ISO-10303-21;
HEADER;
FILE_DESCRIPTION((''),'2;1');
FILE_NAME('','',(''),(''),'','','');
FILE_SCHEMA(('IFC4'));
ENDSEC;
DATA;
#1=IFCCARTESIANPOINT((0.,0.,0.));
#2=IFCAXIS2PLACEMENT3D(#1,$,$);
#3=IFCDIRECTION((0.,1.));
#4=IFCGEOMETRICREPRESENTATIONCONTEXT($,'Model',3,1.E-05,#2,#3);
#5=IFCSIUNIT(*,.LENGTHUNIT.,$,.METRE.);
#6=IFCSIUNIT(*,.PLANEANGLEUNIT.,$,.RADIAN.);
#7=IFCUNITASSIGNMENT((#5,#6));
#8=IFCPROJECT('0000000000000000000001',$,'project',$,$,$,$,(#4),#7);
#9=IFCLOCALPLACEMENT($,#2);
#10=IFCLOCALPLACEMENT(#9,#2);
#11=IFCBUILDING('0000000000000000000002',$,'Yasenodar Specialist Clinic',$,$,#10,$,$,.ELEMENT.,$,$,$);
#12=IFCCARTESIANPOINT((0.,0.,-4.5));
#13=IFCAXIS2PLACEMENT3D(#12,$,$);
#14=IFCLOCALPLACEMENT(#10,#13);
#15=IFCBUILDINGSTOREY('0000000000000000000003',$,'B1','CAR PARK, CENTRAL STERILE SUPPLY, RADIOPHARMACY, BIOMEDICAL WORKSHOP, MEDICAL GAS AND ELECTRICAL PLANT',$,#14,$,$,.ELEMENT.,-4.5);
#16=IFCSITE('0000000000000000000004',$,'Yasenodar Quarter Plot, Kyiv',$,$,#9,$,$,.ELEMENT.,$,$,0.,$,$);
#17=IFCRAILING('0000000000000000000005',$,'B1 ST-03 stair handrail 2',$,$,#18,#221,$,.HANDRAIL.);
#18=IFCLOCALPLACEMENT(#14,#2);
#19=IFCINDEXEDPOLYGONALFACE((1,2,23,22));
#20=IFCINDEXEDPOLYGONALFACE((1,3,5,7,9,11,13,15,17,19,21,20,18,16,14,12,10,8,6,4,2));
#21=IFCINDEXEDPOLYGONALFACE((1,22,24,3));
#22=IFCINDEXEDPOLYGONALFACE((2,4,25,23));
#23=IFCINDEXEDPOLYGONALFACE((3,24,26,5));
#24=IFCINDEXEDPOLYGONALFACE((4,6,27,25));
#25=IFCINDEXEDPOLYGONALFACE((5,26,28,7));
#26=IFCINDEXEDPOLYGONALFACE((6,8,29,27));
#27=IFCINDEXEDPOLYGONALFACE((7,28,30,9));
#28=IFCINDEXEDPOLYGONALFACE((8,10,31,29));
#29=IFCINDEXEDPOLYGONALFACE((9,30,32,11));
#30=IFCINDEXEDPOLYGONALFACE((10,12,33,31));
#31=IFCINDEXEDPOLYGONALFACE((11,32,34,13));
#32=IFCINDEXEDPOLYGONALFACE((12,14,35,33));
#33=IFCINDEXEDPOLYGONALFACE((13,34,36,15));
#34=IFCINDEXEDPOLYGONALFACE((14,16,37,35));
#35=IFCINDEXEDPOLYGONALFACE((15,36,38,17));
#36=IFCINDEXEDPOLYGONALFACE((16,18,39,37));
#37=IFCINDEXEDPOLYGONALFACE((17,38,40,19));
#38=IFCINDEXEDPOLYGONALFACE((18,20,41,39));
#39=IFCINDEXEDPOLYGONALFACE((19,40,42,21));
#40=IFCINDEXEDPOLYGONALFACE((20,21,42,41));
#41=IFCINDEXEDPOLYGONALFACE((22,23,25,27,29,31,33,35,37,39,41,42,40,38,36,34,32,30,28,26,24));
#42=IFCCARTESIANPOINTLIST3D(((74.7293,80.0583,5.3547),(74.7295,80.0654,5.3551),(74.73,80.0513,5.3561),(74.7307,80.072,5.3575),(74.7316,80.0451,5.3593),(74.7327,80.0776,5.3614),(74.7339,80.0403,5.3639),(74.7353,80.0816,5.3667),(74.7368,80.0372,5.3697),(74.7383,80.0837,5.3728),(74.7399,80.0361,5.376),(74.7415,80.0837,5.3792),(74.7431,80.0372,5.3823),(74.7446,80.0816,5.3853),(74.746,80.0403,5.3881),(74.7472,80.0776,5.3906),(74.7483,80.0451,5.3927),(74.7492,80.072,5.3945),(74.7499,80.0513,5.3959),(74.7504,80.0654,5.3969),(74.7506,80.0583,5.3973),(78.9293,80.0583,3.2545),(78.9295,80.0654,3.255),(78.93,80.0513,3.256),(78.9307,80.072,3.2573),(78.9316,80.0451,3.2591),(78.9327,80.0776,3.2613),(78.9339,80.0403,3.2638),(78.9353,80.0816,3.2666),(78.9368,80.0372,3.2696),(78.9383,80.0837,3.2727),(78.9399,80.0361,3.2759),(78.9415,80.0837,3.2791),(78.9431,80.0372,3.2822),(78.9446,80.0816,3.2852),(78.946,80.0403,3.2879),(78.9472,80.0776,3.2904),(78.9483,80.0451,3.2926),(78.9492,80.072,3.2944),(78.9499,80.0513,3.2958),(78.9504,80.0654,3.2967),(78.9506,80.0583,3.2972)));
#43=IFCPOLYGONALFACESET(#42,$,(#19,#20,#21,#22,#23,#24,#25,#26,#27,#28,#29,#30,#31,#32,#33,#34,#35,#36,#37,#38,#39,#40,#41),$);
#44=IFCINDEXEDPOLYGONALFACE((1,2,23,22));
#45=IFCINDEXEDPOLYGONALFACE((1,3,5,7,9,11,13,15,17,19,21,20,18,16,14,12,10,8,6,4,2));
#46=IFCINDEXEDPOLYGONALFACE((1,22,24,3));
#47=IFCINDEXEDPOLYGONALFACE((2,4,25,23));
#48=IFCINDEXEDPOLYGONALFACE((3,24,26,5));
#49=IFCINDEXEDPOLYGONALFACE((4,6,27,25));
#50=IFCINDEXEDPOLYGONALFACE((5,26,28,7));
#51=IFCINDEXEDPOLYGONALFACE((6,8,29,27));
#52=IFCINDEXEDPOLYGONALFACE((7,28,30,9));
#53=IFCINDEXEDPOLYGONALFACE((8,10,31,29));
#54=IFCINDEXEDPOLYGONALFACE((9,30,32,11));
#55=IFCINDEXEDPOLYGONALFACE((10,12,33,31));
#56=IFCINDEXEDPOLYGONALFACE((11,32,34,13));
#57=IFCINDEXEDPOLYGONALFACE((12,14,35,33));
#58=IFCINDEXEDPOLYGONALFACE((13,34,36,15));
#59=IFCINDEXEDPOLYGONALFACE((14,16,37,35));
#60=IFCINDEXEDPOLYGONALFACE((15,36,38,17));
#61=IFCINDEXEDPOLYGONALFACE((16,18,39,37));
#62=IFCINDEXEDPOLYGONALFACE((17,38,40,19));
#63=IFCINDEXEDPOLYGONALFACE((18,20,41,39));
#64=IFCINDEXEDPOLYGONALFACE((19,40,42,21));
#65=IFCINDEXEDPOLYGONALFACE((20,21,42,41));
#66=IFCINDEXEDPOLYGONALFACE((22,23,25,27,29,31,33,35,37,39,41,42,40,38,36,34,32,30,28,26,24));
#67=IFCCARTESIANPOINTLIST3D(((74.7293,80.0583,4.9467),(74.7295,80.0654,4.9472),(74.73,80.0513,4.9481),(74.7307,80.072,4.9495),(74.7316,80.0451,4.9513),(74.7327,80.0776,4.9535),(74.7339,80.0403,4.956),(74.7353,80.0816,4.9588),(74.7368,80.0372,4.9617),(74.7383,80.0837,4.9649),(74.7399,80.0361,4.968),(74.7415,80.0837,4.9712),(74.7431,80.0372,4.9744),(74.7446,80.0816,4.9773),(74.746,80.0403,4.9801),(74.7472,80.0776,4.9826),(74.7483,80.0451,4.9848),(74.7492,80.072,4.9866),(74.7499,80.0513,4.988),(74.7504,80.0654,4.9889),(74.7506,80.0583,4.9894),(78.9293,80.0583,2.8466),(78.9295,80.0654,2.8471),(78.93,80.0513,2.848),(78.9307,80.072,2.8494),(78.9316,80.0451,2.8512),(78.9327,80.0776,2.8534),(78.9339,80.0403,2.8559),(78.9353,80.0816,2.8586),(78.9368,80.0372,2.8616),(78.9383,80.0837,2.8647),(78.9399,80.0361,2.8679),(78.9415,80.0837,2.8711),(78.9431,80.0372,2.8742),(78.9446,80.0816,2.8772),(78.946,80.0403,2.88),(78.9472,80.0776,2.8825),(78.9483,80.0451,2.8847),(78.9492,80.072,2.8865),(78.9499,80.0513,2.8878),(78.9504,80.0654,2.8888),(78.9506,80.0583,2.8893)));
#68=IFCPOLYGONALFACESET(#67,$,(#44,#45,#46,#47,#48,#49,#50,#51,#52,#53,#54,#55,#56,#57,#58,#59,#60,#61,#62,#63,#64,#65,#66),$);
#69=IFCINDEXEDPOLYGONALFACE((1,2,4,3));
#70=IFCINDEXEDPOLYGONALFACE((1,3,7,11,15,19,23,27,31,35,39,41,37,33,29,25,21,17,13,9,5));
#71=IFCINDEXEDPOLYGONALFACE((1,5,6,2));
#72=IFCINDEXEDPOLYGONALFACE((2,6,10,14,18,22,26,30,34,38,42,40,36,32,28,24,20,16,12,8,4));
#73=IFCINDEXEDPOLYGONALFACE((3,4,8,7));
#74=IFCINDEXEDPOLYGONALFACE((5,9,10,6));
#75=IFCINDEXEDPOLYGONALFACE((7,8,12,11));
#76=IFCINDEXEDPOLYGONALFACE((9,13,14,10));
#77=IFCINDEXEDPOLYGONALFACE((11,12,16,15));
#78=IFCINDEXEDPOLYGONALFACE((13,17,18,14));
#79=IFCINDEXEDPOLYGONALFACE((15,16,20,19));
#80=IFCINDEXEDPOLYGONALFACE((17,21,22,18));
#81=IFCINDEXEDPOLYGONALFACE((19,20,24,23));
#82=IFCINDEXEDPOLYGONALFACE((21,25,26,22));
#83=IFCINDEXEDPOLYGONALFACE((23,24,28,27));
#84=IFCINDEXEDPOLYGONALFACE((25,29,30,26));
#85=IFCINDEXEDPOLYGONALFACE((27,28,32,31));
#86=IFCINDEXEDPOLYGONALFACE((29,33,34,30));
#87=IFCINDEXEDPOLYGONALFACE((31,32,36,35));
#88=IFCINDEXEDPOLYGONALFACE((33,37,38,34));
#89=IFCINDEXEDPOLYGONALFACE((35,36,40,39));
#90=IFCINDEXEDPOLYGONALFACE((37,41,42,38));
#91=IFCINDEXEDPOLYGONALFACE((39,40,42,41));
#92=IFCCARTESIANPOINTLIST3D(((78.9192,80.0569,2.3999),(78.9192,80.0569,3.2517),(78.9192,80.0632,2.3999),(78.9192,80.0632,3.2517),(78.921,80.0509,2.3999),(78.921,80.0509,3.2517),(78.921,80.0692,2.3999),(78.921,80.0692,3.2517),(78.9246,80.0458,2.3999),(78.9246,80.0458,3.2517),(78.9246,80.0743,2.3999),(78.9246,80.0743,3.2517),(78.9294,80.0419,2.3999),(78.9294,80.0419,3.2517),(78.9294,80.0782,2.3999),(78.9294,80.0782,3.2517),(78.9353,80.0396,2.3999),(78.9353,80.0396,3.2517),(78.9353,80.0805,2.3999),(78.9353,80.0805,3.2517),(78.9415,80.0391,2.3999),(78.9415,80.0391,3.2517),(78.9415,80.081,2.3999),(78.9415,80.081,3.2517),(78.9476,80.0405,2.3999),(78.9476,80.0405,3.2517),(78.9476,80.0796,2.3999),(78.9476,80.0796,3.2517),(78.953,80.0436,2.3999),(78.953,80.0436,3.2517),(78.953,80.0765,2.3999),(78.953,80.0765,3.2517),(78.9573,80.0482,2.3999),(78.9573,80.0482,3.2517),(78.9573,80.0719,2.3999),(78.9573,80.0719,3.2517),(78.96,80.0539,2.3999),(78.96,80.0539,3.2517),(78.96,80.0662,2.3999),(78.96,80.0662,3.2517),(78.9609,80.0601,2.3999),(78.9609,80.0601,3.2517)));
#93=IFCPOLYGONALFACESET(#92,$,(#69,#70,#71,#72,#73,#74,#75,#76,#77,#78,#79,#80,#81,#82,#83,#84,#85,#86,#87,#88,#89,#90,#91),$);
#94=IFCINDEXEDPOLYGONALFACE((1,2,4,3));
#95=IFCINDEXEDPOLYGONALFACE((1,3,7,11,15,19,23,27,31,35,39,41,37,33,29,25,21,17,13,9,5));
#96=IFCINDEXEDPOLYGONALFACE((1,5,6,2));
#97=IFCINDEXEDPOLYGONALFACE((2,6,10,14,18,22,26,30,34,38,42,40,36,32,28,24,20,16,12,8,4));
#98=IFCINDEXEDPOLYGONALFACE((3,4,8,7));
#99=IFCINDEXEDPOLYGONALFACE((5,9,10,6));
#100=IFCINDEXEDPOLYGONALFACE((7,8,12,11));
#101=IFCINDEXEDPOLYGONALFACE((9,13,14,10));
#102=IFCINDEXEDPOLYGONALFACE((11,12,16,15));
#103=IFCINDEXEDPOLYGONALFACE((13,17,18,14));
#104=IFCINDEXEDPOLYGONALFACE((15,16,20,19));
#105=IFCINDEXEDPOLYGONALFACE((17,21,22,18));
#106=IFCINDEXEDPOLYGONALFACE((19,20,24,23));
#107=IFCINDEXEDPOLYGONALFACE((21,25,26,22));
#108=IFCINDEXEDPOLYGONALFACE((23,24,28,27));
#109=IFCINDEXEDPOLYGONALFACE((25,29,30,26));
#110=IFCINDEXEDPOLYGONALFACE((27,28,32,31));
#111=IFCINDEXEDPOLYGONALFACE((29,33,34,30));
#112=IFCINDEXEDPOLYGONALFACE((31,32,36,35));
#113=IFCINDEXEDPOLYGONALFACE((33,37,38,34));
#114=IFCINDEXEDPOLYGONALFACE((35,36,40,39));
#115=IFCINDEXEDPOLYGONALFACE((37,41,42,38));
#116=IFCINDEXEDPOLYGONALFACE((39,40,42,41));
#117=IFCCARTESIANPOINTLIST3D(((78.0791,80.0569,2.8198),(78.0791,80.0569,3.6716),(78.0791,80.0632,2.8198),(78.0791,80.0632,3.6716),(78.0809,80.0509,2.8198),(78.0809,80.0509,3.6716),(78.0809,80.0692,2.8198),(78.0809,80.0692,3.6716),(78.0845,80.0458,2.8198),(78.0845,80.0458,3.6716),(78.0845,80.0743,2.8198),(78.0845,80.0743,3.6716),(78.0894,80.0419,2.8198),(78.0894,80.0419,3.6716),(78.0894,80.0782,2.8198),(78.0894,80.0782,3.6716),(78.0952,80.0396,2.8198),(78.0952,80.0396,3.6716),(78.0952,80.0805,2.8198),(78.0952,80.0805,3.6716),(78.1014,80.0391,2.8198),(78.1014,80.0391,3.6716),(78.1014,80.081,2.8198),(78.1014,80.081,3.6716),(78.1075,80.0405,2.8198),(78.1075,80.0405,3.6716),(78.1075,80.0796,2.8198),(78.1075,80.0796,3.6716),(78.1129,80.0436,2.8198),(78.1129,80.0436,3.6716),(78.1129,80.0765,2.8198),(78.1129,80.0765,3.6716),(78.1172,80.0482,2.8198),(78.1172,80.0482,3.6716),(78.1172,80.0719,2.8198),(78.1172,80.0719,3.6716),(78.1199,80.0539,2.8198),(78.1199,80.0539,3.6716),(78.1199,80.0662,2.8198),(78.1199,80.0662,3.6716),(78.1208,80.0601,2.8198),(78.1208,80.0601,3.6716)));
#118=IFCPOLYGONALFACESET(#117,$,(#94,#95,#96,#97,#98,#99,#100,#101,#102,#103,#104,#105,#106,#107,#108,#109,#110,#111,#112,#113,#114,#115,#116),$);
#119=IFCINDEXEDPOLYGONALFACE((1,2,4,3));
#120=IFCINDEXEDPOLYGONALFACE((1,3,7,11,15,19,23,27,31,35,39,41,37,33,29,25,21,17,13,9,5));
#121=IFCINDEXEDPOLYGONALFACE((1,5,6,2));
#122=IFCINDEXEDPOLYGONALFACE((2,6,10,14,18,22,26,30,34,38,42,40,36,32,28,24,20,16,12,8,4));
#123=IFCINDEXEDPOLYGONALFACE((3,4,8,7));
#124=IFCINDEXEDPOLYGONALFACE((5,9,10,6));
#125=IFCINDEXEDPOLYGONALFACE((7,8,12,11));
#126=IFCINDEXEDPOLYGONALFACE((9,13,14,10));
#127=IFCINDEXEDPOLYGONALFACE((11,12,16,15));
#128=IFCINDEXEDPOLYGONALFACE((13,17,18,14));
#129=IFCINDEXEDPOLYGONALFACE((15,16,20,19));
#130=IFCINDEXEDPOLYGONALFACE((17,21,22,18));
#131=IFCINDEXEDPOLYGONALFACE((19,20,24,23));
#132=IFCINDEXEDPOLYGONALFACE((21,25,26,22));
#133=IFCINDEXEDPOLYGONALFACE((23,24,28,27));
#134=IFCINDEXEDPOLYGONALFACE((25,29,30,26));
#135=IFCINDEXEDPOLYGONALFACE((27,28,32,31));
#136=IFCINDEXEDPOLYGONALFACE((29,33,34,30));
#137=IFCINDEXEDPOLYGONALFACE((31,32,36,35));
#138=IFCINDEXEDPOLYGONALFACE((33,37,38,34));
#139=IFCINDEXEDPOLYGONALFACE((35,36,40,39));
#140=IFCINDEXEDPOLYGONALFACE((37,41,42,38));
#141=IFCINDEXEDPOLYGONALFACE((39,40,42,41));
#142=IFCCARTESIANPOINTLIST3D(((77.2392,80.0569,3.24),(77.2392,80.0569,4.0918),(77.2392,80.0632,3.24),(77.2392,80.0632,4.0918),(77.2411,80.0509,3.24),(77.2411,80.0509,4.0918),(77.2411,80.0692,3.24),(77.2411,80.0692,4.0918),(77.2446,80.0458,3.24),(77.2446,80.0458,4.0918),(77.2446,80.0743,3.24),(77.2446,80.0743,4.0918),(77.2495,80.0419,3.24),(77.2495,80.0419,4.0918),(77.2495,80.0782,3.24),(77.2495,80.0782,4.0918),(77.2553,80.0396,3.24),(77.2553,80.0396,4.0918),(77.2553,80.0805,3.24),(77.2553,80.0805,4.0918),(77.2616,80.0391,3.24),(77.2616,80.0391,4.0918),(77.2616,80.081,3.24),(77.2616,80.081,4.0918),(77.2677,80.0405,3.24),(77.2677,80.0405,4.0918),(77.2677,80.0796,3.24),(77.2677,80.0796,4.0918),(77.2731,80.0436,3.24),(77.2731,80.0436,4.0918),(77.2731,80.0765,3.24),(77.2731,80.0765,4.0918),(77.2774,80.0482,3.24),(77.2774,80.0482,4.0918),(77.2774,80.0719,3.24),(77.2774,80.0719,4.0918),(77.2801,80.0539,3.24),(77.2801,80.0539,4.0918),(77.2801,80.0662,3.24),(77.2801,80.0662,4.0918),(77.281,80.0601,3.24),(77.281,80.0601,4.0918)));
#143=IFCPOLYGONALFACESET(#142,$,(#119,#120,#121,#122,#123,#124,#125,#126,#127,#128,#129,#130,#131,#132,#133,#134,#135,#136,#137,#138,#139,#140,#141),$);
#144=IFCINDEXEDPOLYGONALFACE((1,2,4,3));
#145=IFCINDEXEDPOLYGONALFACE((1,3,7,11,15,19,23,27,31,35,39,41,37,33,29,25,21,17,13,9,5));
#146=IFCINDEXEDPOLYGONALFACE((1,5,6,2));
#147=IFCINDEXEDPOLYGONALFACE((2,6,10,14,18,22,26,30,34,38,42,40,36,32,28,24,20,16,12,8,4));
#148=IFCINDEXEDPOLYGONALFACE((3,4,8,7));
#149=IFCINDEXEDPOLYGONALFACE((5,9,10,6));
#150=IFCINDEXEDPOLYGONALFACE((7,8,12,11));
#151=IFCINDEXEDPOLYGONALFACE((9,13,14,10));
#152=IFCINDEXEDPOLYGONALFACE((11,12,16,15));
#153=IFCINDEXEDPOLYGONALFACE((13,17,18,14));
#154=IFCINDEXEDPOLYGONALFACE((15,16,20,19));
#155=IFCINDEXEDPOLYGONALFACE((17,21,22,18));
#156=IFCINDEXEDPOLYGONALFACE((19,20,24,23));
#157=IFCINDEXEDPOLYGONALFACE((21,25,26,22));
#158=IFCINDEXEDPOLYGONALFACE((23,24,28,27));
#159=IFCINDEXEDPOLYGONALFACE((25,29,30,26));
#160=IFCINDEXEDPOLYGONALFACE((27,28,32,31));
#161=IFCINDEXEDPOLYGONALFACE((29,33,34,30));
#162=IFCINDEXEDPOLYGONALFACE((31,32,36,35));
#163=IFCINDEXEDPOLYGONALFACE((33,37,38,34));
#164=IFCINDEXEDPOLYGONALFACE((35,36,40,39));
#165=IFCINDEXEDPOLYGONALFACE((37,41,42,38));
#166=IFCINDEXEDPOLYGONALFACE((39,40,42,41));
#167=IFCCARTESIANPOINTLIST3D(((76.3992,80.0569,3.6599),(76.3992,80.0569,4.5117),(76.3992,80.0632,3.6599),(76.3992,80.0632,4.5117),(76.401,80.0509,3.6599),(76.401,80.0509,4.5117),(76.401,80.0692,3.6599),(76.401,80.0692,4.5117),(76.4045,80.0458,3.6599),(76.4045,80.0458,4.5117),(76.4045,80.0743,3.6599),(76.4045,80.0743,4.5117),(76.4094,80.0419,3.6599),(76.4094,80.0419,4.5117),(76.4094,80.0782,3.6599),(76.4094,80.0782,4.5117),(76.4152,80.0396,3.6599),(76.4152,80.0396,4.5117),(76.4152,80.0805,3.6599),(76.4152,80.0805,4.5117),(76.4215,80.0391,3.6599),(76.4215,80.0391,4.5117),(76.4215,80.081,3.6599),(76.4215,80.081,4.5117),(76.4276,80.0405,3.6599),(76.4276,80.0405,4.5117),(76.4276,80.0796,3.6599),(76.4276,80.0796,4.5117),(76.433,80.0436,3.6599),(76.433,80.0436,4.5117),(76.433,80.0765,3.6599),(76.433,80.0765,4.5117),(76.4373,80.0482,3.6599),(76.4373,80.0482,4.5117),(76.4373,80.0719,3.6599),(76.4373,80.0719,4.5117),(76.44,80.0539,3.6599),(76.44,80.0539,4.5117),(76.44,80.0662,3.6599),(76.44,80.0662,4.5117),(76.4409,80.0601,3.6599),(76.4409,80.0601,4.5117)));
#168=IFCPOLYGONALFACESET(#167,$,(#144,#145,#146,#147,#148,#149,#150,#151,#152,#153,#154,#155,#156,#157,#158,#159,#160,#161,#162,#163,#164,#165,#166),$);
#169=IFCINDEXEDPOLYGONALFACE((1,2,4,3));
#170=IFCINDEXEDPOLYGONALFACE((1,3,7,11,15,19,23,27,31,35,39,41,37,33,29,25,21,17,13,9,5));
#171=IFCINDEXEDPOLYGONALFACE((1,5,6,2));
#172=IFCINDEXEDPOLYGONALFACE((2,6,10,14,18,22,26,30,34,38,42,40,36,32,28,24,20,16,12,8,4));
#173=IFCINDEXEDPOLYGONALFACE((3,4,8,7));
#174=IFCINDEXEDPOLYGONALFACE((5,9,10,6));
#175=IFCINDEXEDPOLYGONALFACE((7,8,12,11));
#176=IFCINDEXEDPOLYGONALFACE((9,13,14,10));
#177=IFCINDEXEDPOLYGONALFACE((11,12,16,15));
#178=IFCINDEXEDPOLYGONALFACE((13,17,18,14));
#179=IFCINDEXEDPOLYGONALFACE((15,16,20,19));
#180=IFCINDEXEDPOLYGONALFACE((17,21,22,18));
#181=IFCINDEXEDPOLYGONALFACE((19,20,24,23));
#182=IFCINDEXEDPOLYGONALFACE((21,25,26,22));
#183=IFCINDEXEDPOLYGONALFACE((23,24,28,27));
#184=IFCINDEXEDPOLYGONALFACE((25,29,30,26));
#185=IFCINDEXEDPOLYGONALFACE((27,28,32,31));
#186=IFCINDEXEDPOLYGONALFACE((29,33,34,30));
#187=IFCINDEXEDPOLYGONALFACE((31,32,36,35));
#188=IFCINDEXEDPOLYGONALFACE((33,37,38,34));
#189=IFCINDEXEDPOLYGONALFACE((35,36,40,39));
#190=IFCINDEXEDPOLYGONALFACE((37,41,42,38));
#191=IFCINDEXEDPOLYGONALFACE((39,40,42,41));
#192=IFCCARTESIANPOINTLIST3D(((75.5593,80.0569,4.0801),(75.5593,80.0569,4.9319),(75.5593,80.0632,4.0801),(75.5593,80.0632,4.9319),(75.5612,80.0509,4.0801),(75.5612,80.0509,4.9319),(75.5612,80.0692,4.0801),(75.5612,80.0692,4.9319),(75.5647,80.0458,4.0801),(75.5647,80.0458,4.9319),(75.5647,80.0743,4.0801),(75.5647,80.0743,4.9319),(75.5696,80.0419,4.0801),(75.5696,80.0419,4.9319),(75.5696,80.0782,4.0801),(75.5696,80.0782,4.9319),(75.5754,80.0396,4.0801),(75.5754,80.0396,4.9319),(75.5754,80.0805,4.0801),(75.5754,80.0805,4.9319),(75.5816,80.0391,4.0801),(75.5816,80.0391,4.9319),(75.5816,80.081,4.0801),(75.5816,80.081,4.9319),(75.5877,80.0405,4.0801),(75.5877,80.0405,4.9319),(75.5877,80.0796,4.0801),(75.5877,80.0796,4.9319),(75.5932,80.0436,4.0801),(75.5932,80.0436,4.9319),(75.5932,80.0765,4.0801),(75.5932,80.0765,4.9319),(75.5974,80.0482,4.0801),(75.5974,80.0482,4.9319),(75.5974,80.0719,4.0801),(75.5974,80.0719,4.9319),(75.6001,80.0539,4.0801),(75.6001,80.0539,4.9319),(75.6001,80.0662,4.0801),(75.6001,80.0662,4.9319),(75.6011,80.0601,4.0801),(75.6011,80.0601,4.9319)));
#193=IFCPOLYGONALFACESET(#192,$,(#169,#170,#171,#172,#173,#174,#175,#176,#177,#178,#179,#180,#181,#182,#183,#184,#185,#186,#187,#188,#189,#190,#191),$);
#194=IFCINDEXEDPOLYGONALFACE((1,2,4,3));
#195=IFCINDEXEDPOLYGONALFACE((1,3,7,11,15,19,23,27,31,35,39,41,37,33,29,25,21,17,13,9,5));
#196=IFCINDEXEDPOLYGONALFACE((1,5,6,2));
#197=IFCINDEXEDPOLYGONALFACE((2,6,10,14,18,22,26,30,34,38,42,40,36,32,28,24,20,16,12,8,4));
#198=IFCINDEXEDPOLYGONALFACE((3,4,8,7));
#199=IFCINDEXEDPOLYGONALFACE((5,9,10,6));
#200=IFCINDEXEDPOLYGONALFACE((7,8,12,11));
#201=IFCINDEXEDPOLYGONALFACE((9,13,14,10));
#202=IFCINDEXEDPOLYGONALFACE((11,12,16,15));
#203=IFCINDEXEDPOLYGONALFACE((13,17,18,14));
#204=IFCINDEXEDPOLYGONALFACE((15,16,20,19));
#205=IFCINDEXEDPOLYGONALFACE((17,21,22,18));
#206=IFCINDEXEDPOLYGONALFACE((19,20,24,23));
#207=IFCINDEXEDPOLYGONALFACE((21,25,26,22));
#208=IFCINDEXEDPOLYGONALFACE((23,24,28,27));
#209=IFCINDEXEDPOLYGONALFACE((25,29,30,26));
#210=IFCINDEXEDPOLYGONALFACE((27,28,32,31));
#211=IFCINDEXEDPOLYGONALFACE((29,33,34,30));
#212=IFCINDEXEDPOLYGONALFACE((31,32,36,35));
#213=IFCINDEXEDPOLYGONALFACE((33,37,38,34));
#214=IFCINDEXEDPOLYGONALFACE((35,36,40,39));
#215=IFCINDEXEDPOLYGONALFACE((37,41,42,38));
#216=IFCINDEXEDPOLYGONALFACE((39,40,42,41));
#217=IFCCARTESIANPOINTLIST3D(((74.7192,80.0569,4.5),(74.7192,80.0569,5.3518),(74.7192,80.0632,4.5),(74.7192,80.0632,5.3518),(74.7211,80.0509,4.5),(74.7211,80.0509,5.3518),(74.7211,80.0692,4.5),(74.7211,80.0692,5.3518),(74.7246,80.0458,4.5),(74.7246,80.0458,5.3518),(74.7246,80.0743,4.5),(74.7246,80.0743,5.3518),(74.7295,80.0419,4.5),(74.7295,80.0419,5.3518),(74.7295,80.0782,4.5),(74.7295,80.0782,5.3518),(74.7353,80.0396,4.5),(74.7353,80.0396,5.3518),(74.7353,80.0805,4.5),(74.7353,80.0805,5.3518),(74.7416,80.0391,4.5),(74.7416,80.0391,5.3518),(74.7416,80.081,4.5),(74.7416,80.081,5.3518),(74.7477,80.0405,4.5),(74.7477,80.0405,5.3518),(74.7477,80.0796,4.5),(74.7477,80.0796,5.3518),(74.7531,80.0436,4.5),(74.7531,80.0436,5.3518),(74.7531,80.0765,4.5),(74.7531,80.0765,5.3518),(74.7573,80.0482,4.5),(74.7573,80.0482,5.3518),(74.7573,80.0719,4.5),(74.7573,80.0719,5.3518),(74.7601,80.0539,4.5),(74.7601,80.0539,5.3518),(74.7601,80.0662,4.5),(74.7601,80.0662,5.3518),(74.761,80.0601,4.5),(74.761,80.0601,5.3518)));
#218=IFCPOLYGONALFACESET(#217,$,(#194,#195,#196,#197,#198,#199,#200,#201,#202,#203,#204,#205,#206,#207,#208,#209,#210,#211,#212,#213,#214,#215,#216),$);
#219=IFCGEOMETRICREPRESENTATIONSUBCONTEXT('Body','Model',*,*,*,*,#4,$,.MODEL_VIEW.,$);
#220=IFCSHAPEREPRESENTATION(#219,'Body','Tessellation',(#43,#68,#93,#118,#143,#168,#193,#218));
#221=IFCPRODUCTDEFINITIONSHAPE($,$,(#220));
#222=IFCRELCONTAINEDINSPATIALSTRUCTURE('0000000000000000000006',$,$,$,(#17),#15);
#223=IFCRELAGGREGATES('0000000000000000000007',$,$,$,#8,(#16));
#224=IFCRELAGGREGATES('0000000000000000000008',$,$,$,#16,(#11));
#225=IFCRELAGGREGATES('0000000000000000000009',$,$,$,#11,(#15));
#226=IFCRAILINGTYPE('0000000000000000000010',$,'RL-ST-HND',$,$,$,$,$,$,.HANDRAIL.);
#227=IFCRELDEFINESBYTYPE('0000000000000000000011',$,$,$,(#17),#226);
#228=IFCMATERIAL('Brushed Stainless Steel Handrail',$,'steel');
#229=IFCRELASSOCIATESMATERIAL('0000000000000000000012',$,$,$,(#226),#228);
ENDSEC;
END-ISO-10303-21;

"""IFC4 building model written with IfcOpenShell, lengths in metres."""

from ifc_helpers import new_model, si_unit, direction, frame, origin, origin_2d, place, context, subcontext, project, spatial, circle, extrude, material, type_object, element, save


model = new_model("IFC4")

# Units and contexts
model_context = context("Model", 3, precision=1e-05, world=origin(), true_north=direction((0.0, 1.0)))
body_context = subcontext(model_context, "Body", "Model", "MODEL_VIEW")
ifc_project = project(units=[si_unit("LENGTHUNIT", "METRE"), si_unit("PLANEANGLEUNIT", "RADIAN")], contexts=[model_context])

# Site, building, storey
site_placement = place(None, origin())
site = spatial("IfcSite", under=ifc_project, at=site_placement, Name="Yasenodar Quarter Plot, Kyiv", CompositionType="ELEMENT", RefElevation=0.0)
building_placement = place(site_placement, origin())
building = spatial("IfcBuilding", under=site, at=building_placement, Name="Yasenodar Specialist Clinic", CompositionType="ELEMENT")
storey_placement = place(building_placement, frame((0.0, 0.0, -4.5)))
storey = spatial("IfcBuildingStorey", under=building, at=storey_placement, Name="B1", Description="CAR PARK, CENTRAL STERILE SUPPLY, RADIOPHARMACY, BIOMEDICAL WORKSHOP, MEDICAL GAS AND ELECTRICAL PLANT", CompositionType="ELEMENT", Elevation=-4.5)

# Railing
ifc_material_1 = material(Name="Brushed Stainless Steel Handrail", Category="steel")
railing_type_1 = type_object("IfcRailingType", Name="RL-ST-HND", PredefinedType="HANDRAIL", material=ifc_material_1)
railing_1_placement = place(storey_placement, frame((78.9399, 80.0601, 2.3999)))
element("IfcRailing", 1, at=railing_1_placement, inside=storey, type_object=railing_type_1, Name="B1 ST-03 stair handrail 2", PredefinedType="HANDRAIL", context=body_context, shape_type="SweptSolid", body=[
    extrude(circle(Radius=0.0239, at=origin_2d()), frame((0.0, 0.0, 0.876), z_axis=(-0.894417, 0.0, 0.447234), x_axis=(0.0, -1.0, 0.0)), (0.0, 0.0, 1.0), 4.6958),
    extrude(circle(Radius=0.0239, at=origin_2d()), frame((0.0, 0.0, 0.468), z_axis=(-0.894417, 0.0, 0.447234), x_axis=(0.0, -1.0, 0.0)), (0.0, 0.0, 1.0), 4.6958),
    extrude(circle(Radius=0.021, at=origin_2d()), origin(), (0.0, 0.0, 1.0), 0.8518),
    extrude(circle(Radius=0.021, at=origin_2d()), frame((-0.8401, 0.0, 0.4199)), (0.0, 0.0, 1.0), 0.8518),
    extrude(circle(Radius=0.021, at=origin_2d()), frame((-1.6799, 0.0, 0.8401)), (0.0, 0.0, 1.0), 0.8518),
    extrude(circle(Radius=0.021, at=origin_2d()), frame((-2.52, 0.0, 1.26)), (0.0, 0.0, 1.0), 0.8518),
    extrude(circle(Radius=0.021, at=origin_2d()), frame((-3.3599, 0.0, 1.6802)), (0.0, 0.0, 1.0), 0.8518),
    extrude(circle(Radius=0.021, at=origin_2d()), frame((-4.2, 0.0, 2.1001)), (0.0, 0.0, 1.0), 0.8518),
])

save(model, "model.ifc")
